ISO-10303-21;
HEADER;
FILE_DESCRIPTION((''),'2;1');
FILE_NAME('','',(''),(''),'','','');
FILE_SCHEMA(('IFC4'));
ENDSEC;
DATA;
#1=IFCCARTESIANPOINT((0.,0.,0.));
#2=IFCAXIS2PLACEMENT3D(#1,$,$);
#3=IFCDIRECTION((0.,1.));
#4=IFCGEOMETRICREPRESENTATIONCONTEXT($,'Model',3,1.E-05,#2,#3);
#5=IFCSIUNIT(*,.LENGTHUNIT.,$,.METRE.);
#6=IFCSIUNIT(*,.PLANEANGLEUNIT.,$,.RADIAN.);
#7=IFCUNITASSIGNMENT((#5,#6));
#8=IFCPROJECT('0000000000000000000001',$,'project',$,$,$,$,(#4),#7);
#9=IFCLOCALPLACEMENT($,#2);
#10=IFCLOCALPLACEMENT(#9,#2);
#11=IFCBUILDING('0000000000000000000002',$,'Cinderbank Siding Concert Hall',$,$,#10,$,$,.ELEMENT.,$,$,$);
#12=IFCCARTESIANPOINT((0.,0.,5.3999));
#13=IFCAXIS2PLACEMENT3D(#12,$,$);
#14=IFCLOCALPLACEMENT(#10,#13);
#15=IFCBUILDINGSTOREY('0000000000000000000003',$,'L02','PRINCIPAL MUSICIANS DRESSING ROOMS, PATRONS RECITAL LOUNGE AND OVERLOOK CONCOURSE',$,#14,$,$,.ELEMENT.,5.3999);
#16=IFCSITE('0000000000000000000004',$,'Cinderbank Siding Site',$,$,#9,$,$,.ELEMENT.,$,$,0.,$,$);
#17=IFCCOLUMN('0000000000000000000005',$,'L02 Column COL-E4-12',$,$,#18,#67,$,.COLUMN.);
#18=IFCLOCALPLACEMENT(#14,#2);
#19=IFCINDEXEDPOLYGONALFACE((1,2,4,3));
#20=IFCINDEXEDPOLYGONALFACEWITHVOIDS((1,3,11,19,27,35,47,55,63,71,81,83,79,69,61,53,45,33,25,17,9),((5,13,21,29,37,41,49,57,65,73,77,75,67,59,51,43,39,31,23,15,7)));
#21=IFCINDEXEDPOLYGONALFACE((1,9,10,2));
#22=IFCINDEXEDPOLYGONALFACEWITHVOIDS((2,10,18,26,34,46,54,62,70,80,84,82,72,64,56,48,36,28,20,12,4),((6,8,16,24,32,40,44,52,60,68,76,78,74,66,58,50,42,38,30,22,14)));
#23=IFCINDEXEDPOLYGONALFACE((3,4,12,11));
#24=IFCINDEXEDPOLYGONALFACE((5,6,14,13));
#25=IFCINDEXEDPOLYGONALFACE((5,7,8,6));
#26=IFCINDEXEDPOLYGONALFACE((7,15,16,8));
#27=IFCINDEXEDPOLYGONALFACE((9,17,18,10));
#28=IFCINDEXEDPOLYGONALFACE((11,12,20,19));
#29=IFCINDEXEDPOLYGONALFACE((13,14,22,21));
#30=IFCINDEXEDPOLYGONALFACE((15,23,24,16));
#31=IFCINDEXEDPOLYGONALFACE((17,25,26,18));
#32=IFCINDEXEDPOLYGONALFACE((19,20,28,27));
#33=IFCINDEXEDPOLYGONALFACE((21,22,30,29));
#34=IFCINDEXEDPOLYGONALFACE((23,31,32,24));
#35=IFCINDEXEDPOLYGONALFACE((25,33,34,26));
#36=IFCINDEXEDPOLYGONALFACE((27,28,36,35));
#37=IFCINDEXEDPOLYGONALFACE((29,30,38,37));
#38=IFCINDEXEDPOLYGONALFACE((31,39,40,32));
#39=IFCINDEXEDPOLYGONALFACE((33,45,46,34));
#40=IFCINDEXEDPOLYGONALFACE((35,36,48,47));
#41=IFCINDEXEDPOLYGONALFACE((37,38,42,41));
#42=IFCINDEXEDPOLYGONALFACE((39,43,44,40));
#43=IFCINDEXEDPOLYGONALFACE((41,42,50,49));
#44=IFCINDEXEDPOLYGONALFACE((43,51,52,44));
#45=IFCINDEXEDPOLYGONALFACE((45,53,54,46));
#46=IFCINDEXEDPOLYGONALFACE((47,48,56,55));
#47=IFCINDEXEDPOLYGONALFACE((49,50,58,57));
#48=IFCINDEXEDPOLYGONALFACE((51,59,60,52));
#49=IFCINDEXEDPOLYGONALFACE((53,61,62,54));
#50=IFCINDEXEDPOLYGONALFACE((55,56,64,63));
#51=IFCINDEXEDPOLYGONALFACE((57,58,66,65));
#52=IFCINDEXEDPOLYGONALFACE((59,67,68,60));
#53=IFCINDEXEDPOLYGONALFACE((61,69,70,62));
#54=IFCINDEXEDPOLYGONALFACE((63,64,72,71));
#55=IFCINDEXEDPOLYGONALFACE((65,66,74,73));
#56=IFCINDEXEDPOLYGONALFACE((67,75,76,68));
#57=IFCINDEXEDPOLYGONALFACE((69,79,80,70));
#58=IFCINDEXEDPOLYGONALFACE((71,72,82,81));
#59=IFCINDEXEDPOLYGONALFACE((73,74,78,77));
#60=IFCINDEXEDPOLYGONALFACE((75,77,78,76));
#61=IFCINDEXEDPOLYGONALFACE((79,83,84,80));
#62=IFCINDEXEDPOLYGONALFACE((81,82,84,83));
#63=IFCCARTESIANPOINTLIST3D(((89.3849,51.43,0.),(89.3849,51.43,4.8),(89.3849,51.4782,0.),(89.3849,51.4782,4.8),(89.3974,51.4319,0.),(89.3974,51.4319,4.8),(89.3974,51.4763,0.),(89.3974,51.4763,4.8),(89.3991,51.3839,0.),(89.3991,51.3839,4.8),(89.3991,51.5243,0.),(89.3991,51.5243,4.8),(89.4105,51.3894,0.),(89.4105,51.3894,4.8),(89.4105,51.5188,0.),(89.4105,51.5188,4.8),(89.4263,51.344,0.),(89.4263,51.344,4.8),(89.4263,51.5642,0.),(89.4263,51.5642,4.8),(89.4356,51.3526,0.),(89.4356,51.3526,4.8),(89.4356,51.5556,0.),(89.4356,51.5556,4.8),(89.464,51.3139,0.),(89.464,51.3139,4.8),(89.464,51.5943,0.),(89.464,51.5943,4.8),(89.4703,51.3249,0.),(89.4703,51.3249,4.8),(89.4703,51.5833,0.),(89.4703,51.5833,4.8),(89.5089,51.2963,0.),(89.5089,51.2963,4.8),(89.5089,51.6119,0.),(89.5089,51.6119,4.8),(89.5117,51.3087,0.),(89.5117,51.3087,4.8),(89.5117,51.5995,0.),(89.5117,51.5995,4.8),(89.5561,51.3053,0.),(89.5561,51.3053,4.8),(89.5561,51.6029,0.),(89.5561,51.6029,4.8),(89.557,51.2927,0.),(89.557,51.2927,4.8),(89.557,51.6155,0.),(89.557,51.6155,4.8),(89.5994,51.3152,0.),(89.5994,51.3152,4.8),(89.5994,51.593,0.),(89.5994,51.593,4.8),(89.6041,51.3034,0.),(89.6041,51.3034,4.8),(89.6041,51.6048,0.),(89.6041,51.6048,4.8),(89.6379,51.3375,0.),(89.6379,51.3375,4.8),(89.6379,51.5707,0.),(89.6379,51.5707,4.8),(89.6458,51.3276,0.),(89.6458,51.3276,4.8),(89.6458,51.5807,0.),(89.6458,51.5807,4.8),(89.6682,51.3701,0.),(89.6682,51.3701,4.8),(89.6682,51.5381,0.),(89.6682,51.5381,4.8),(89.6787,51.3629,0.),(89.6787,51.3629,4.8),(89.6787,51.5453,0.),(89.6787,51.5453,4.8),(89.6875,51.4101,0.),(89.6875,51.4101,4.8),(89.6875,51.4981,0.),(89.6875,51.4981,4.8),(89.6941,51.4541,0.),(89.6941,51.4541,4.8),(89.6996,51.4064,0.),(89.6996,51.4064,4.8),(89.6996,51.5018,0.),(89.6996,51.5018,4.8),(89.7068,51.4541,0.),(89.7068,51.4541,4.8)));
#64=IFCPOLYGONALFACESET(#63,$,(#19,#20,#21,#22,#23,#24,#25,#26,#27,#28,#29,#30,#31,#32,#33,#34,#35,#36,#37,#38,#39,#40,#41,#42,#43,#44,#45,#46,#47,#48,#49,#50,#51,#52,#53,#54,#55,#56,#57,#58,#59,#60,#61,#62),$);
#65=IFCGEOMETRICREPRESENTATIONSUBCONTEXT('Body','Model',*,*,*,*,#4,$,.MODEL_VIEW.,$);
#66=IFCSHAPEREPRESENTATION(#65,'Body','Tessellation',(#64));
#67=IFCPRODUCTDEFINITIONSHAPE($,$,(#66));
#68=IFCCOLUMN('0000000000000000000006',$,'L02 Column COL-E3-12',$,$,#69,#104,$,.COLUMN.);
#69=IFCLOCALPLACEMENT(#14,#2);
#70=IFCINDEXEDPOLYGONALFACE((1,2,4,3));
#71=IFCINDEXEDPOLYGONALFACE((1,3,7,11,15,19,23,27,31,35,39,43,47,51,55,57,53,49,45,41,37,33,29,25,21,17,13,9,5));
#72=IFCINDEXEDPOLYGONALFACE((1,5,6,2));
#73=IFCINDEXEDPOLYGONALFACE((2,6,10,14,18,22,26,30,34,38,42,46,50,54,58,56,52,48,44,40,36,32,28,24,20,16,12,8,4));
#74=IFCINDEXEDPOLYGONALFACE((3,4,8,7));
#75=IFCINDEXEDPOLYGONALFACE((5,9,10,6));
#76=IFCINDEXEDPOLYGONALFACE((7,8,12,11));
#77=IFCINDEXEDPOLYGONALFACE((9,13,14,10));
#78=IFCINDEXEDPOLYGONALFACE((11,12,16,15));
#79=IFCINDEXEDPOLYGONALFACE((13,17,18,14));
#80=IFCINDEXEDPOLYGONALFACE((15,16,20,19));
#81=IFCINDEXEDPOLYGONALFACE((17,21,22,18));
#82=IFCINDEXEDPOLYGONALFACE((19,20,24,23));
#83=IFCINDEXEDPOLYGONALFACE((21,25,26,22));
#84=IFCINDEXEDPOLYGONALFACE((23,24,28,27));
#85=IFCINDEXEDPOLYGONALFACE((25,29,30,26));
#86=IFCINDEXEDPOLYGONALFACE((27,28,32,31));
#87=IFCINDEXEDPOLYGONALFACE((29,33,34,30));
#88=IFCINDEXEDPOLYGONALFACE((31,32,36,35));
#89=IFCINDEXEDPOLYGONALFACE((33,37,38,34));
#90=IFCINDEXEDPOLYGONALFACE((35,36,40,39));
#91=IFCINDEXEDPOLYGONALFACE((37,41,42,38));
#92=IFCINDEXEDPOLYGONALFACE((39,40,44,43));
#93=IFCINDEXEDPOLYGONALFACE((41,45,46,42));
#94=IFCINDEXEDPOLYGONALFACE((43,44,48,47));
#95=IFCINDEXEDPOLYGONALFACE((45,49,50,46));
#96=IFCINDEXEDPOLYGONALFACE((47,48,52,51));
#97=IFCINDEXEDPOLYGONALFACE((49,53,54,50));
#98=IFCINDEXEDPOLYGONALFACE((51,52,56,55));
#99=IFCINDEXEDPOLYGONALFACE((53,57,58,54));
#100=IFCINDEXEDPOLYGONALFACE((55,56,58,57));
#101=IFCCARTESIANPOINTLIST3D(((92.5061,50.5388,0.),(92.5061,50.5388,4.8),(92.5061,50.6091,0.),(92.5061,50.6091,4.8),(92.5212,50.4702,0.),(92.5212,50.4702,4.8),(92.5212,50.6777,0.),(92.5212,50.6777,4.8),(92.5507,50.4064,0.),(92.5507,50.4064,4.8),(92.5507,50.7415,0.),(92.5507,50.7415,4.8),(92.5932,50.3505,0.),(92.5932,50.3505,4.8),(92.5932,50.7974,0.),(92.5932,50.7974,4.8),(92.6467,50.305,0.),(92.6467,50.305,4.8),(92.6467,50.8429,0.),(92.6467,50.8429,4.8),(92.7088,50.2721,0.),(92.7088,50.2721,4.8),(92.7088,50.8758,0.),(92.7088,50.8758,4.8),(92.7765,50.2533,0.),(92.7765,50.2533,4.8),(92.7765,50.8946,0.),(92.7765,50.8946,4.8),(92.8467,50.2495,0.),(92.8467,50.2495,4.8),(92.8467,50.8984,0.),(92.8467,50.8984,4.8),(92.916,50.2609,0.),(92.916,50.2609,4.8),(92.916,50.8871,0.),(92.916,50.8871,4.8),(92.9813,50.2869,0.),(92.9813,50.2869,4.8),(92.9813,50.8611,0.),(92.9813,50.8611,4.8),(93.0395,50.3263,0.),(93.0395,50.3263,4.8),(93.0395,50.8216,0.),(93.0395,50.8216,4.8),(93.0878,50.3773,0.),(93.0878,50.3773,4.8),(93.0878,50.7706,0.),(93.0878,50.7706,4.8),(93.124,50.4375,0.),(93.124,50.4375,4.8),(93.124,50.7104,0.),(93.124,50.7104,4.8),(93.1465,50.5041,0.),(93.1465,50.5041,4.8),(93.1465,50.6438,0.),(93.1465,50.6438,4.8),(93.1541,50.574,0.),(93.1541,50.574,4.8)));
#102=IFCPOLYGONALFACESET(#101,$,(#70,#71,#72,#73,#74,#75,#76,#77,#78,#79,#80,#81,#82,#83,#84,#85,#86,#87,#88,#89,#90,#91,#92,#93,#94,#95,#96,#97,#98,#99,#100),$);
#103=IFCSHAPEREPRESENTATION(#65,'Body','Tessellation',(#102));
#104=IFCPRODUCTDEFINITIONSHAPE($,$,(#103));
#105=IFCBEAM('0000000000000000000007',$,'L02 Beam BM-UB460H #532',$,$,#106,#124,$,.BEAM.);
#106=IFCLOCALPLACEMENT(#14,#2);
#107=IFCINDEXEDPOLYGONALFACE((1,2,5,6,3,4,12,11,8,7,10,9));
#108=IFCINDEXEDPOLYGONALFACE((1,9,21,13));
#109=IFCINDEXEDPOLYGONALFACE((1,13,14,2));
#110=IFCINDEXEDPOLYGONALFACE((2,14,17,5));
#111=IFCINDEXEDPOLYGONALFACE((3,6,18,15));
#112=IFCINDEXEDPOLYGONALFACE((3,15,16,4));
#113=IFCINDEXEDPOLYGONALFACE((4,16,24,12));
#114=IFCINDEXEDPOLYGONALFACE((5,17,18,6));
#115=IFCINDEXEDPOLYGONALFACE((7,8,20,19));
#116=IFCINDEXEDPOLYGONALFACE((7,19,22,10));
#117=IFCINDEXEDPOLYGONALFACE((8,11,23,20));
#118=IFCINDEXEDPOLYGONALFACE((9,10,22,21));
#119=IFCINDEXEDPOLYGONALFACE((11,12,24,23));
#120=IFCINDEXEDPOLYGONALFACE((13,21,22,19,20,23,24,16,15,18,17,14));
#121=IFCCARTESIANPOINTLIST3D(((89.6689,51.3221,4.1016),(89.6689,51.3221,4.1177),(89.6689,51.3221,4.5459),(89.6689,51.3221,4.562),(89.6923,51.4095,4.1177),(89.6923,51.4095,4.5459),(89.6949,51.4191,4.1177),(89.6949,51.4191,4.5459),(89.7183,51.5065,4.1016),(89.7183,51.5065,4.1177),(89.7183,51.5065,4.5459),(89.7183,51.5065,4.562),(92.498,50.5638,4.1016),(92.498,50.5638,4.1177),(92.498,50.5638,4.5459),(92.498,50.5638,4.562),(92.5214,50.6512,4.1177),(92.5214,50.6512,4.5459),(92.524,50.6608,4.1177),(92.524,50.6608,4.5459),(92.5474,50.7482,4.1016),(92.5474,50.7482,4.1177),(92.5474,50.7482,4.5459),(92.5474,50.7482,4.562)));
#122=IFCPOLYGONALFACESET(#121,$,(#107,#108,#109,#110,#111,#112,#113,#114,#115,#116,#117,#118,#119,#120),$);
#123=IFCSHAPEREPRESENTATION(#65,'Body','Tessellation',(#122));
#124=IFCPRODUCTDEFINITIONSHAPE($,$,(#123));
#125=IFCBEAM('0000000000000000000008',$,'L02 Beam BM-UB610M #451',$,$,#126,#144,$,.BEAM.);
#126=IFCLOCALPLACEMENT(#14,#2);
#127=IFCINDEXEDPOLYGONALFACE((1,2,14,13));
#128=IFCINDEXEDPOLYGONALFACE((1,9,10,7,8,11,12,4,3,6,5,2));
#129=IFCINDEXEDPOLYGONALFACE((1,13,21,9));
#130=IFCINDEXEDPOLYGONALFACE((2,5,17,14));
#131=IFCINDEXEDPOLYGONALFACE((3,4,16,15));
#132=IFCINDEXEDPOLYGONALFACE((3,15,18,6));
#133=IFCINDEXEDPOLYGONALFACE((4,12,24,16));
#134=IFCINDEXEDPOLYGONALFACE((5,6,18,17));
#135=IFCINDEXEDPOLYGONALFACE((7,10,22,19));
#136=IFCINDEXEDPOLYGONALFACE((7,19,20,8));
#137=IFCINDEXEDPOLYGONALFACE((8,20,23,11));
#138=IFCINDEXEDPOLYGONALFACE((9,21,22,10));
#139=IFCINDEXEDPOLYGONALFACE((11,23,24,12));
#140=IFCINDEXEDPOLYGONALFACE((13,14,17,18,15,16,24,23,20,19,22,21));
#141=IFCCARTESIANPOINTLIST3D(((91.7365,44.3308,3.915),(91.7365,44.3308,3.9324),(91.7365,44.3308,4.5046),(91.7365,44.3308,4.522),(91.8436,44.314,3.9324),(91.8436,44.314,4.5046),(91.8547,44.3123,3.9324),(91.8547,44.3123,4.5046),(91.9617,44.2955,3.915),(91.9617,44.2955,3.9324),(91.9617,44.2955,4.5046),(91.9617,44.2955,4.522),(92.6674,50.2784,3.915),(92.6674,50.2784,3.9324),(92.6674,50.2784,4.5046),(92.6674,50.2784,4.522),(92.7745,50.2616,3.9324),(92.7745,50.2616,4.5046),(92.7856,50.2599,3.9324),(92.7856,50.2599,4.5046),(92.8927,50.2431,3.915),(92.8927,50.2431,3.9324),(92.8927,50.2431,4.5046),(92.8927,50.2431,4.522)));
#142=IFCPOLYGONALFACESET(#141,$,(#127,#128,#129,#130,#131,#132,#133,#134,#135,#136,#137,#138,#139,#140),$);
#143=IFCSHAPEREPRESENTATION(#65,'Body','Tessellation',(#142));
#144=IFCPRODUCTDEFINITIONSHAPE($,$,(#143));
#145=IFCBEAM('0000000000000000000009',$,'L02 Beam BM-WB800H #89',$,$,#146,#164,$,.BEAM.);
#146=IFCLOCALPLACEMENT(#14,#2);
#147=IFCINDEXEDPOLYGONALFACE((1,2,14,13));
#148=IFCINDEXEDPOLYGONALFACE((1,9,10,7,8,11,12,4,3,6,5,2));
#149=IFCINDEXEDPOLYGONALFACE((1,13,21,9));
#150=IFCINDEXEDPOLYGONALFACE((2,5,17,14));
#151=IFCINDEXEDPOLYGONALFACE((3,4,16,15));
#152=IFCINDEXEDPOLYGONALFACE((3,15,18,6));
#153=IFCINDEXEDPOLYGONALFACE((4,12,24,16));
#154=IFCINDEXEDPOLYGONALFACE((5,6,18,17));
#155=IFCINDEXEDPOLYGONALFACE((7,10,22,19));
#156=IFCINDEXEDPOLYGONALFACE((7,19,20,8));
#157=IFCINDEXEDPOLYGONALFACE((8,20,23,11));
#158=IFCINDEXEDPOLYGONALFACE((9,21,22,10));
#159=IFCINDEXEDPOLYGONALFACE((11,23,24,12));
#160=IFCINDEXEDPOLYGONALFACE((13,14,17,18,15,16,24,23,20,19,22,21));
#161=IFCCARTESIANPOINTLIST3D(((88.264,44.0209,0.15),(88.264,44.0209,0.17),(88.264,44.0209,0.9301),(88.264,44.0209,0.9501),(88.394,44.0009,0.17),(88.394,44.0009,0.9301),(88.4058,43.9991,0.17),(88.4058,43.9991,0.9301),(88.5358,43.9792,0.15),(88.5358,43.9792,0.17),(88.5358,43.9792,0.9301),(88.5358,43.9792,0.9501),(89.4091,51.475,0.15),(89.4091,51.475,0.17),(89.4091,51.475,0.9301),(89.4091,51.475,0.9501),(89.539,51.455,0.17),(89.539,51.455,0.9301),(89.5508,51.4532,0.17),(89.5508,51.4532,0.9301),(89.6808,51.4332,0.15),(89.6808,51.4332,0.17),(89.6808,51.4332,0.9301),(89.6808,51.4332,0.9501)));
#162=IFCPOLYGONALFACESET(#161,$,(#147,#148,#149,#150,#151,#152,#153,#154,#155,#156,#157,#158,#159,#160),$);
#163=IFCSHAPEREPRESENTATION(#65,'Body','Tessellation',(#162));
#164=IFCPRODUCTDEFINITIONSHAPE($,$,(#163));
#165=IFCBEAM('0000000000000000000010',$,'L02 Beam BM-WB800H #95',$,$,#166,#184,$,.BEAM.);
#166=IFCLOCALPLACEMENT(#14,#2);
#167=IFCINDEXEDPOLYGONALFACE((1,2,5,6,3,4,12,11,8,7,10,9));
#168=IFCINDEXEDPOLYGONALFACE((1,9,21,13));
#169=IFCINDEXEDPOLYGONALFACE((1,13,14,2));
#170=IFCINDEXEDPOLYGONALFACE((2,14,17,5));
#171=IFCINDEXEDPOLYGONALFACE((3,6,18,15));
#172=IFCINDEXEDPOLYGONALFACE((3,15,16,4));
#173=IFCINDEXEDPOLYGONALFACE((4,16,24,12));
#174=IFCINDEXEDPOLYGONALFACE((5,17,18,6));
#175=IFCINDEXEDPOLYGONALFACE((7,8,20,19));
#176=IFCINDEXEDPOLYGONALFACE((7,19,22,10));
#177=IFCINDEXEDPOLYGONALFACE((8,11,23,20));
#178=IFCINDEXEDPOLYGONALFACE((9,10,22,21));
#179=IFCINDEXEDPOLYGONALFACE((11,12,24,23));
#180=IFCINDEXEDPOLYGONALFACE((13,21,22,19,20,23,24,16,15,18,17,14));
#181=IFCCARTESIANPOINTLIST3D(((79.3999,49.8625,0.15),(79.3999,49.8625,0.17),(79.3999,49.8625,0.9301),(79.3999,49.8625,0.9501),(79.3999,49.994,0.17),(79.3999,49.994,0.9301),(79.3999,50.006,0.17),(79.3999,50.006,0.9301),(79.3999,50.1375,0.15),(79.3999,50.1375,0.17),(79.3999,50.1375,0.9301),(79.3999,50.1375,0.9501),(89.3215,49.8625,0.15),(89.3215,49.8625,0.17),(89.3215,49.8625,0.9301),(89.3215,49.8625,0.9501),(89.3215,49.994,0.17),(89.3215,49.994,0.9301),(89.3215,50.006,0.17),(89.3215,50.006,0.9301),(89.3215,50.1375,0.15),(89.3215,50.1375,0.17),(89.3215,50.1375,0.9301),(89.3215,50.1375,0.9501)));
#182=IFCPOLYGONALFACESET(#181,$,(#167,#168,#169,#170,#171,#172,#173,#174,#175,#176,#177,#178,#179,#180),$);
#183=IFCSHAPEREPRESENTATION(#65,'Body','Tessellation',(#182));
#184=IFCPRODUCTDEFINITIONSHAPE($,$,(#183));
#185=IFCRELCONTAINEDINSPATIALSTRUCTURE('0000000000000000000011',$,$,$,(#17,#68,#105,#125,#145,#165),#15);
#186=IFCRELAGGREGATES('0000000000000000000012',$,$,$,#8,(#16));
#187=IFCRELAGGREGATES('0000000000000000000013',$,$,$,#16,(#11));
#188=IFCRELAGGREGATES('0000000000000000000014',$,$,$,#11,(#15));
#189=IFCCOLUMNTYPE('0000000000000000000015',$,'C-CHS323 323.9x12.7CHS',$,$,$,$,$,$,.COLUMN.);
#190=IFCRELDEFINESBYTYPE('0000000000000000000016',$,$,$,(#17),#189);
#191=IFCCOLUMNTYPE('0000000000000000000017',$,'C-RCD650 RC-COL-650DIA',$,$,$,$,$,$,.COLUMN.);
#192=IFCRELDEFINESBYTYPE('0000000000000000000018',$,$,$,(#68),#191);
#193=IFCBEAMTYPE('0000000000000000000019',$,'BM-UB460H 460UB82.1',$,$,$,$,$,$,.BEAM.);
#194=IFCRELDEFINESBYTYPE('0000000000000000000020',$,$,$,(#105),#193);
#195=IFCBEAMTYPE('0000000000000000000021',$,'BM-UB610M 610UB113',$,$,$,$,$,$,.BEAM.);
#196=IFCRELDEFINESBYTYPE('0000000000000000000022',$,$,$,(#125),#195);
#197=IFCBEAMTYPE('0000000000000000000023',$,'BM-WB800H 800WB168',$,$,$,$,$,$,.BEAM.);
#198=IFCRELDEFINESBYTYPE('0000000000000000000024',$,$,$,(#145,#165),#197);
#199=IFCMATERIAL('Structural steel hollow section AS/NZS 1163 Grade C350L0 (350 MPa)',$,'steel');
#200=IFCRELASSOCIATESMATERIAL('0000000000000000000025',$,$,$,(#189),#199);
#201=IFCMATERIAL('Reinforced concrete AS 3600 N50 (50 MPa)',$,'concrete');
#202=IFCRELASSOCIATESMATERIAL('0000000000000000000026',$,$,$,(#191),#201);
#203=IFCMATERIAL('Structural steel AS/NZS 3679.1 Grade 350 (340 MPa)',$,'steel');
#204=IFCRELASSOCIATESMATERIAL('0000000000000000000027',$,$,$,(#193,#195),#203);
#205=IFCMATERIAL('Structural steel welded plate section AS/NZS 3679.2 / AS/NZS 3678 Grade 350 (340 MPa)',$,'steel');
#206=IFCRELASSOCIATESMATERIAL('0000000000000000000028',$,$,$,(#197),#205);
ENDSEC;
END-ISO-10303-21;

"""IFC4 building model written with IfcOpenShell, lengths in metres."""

from ifc_helpers import new_model, si_unit, direction, frame, origin, origin_2d, place, context, subcontext, project, spatial, circle, hollow_circle, i_section, extrude, material, material_profile, profile_set, type_object, element, save


model = new_model("IFC4")

# Units and contexts
model_context = context("Model", 3, precision=1e-05, world=origin(), true_north=direction((0.0, 1.0)))
body_context = subcontext(model_context, "Body", "Model", "MODEL_VIEW")
ifc_project = project(units=[si_unit("LENGTHUNIT", "METRE"), si_unit("PLANEANGLEUNIT", "RADIAN")], contexts=[model_context])

# Site, building, storey
site_placement = place(None, origin())
site = spatial("IfcSite", under=ifc_project, at=site_placement, Name="Cinderbank Siding Site", CompositionType="ELEMENT", RefElevation=0.0)
building_placement = place(site_placement, origin())
building = spatial("IfcBuilding", under=site, at=building_placement, Name="Cinderbank Siding Concert Hall", CompositionType="ELEMENT")
storey_placement = place(building_placement, frame((0.0, 0.0, 5.3999)))
storey = spatial("IfcBuildingStorey", under=building, at=storey_placement, Name="L02", Description="PRINCIPAL MUSICIANS DRESSING ROOMS, PATRONS RECITAL LOUNGE AND OVERLOOK CONCOURSE", CompositionType="ELEMENT", Elevation=5.3999)

# Columns
ifc_material_1 = material(Name="Structural steel hollow section AS/NZS 1163 Grade C350L0 (350 MPa)", Category="steel")
ifc_material_profile_1 = material_profile(ifc_material_1, hollow_circle(Radius=0.1619, WallThickness=0.0127, at=origin_2d()), Name="323.9x12.7CHS", Category="LoadBearing")
ifc_profile_set_1 = profile_set([ifc_material_profile_1], Name="Structural steel hollow section AS/NZS 1163 Grade C350L0 (350 MPa)")
column_type_1 = type_object("IfcColumnType", Name="C-CHS323 323.9x12.7CHS", PredefinedType="COLUMN", material=ifc_profile_set_1)
column_1_placement = place(storey_placement, frame((89.5449, 51.4541, 0.0), z_axis=(0.0, 0.0, 1.0), x_axis=(1.0, 0.0, 0.0)))
element("IfcColumn", 1, at=column_1_placement, inside=storey, type_object=column_type_1, Name="L02 Column COL-E4-12", PredefinedType="COLUMN", context=body_context, shape_type="SweptSolid", body=[
    extrude(hollow_circle(Radius=0.1619, WallThickness=0.0127, at=origin_2d()), origin(), (0.0, 0.0, 1.0), 4.8),
])
ifc_material_2 = material(Name="Reinforced concrete AS 3600 N50 (50 MPa)", Category="concrete")
ifc_material_profile_2 = material_profile(ifc_material_2, circle(Radius=0.325, at=origin_2d()), Name="RC-COL-650DIA", Category="LoadBearing")
ifc_profile_set_2 = profile_set([ifc_material_profile_2], Name="Reinforced concrete AS 3600 N50 (50 MPa)")
column_type_2 = type_object("IfcColumnType", Name="C-RCD650 RC-COL-650DIA", PredefinedType="COLUMN", material=ifc_profile_set_2)
column_2_placement = place(storey_placement, frame((92.8291, 50.574, 0.0), z_axis=(0.0, 0.0, 1.0), x_axis=(1.0, 0.0, 0.0)))
element("IfcColumn", 2, at=column_2_placement, inside=storey, type_object=column_type_2, Name="L02 Column COL-E3-12", PredefinedType="COLUMN", context=body_context, shape_type="SweptSolid", body=[
    extrude(circle(Radius=0.325, at=origin_2d()), origin(), (0.0, 0.0, 1.0), 4.8),
])

# Beams
ifc_material_3 = material(Name="Structural steel AS/NZS 3679.1 Grade 350 (340 MPa)", Category="steel")
ifc_material_profile_3 = material_profile(ifc_material_3, i_section(OverallWidth=0.1909, OverallDepth=0.4604, WebThickness=0.01, FlangeThickness=0.0161, at=origin_2d()), Name="460UB82.1", Category="LoadBearing")
ifc_profile_set_3 = profile_set([ifc_material_profile_3], Name="Structural steel AS/NZS 3679.1 Grade 350 (340 MPa)")
beam_type_1 = type_object("IfcBeamType", Name="BM-UB460H 460UB82.1", PredefinedType="BEAM", material=ifc_profile_set_3)
beam_1_placement = place(storey_placement, frame((92.5227, 50.656, 4.3318), z_axis=(-0.965905, 0.258897, 0.0), x_axis=(-0.258897, -0.965905, 0.0)))
element("IfcBeam", 3, at=beam_1_placement, inside=storey, type_object=beam_type_1, Name="L02 Beam BM-UB460H #532", PredefinedType="BEAM", context=body_context, shape_type="SweptSolid", body=[
    extrude(i_section(OverallWidth=0.1909, OverallDepth=0.4604, WebThickness=0.01, FlangeThickness=0.0161, at=origin_2d()), origin(), (0.0, 0.0, 1.0), 2.929),
])
ifc_material_profile_4 = material_profile(ifc_material_3, i_section(OverallWidth=0.228, OverallDepth=0.6069, WebThickness=0.0112, FlangeThickness=0.0173, at=origin_2d()), Name="610UB113", Category="LoadBearing")
ifc_profile_set_4 = profile_set([ifc_material_profile_4], Name="Structural steel AS/NZS 3679.1 Grade 350 (340 MPa)")
beam_type_2 = type_object("IfcBeamType", Name="BM-UB610M 610UB113", PredefinedType="BEAM", material=ifc_profile_set_4)
beam_2_placement = place(storey_placement, frame((92.78, 50.2607, 4.2185), z_axis=(-0.154638, -0.987971, 0.0), x_axis=(0.987971, -0.154638, 0.0)))
element("IfcBeam", 4, at=beam_2_placement, inside=storey, type_object=beam_type_2, Name="L02 Beam BM-UB610M #451", PredefinedType="BEAM", context=body_context, shape_type="SweptSolid", body=[
    extrude(i_section(OverallWidth=0.228, OverallDepth=0.6069, WebThickness=0.0112, FlangeThickness=0.0173, at=origin_2d()), origin(), (0.0, 0.0, 1.0), 6.02),
])
ifc_material_4 = material(Name="Structural steel welded plate section AS/NZS 3679.2 / AS/NZS 3678 Grade 350 (340 MPa)", Category="steel")
ifc_material_profile_5 = material_profile(ifc_material_4, i_section(OverallWidth=0.2749, OverallDepth=0.8, WebThickness=0.012, FlangeThickness=0.02, at=origin_2d()), Name="800WB168", Category="LoadBearing")
ifc_profile_set_5 = profile_set([ifc_material_profile_5], Name="Structural steel welded plate section AS/NZS 3679.2 / AS/NZS 3678 Grade 350 (340 MPa)")
beam_type_3 = type_object("IfcBeamType", Name="BM-WB800H 800WB168", PredefinedType="BEAM", material=ifc_profile_set_5)
beam_3_placement = place(storey_placement, frame((89.5449, 51.4541, 0.55), z_axis=(-0.151829, -0.988407, 0.0), x_axis=(0.988407, -0.151829, 0.0)))
element("IfcBeam", 5, at=beam_3_placement, inside=storey, type_object=beam_type_3, Name="L02 Beam BM-WB800H #89", PredefinedType="BEAM", context=body_context, shape_type="SweptSolid", body=[
    extrude(i_section(OverallWidth=0.2749, OverallDepth=0.8, WebThickness=0.012, FlangeThickness=0.02, at=origin_2d()), origin(), (0.0, 0.0, 1.0), 7.5415),
])
beam_4_placement = place(storey_placement, frame((89.3215, 50.0, 0.55), z_axis=(-1.0, 0.0, 0.0), x_axis=(0.0, -1.0, 0.0)))
element("IfcBeam", 6, at=beam_4_placement, inside=storey, type_object=beam_type_3, Name="L02 Beam BM-WB800H #95", PredefinedType="BEAM", context=body_context, shape_type="SweptSolid", body=[
    extrude(i_section(OverallWidth=0.2749, OverallDepth=0.8, WebThickness=0.012, FlangeThickness=0.02, at=origin_2d()), origin(), (0.0, 0.0, 1.0), 9.9216),
])

save(model, "model.ifc")
